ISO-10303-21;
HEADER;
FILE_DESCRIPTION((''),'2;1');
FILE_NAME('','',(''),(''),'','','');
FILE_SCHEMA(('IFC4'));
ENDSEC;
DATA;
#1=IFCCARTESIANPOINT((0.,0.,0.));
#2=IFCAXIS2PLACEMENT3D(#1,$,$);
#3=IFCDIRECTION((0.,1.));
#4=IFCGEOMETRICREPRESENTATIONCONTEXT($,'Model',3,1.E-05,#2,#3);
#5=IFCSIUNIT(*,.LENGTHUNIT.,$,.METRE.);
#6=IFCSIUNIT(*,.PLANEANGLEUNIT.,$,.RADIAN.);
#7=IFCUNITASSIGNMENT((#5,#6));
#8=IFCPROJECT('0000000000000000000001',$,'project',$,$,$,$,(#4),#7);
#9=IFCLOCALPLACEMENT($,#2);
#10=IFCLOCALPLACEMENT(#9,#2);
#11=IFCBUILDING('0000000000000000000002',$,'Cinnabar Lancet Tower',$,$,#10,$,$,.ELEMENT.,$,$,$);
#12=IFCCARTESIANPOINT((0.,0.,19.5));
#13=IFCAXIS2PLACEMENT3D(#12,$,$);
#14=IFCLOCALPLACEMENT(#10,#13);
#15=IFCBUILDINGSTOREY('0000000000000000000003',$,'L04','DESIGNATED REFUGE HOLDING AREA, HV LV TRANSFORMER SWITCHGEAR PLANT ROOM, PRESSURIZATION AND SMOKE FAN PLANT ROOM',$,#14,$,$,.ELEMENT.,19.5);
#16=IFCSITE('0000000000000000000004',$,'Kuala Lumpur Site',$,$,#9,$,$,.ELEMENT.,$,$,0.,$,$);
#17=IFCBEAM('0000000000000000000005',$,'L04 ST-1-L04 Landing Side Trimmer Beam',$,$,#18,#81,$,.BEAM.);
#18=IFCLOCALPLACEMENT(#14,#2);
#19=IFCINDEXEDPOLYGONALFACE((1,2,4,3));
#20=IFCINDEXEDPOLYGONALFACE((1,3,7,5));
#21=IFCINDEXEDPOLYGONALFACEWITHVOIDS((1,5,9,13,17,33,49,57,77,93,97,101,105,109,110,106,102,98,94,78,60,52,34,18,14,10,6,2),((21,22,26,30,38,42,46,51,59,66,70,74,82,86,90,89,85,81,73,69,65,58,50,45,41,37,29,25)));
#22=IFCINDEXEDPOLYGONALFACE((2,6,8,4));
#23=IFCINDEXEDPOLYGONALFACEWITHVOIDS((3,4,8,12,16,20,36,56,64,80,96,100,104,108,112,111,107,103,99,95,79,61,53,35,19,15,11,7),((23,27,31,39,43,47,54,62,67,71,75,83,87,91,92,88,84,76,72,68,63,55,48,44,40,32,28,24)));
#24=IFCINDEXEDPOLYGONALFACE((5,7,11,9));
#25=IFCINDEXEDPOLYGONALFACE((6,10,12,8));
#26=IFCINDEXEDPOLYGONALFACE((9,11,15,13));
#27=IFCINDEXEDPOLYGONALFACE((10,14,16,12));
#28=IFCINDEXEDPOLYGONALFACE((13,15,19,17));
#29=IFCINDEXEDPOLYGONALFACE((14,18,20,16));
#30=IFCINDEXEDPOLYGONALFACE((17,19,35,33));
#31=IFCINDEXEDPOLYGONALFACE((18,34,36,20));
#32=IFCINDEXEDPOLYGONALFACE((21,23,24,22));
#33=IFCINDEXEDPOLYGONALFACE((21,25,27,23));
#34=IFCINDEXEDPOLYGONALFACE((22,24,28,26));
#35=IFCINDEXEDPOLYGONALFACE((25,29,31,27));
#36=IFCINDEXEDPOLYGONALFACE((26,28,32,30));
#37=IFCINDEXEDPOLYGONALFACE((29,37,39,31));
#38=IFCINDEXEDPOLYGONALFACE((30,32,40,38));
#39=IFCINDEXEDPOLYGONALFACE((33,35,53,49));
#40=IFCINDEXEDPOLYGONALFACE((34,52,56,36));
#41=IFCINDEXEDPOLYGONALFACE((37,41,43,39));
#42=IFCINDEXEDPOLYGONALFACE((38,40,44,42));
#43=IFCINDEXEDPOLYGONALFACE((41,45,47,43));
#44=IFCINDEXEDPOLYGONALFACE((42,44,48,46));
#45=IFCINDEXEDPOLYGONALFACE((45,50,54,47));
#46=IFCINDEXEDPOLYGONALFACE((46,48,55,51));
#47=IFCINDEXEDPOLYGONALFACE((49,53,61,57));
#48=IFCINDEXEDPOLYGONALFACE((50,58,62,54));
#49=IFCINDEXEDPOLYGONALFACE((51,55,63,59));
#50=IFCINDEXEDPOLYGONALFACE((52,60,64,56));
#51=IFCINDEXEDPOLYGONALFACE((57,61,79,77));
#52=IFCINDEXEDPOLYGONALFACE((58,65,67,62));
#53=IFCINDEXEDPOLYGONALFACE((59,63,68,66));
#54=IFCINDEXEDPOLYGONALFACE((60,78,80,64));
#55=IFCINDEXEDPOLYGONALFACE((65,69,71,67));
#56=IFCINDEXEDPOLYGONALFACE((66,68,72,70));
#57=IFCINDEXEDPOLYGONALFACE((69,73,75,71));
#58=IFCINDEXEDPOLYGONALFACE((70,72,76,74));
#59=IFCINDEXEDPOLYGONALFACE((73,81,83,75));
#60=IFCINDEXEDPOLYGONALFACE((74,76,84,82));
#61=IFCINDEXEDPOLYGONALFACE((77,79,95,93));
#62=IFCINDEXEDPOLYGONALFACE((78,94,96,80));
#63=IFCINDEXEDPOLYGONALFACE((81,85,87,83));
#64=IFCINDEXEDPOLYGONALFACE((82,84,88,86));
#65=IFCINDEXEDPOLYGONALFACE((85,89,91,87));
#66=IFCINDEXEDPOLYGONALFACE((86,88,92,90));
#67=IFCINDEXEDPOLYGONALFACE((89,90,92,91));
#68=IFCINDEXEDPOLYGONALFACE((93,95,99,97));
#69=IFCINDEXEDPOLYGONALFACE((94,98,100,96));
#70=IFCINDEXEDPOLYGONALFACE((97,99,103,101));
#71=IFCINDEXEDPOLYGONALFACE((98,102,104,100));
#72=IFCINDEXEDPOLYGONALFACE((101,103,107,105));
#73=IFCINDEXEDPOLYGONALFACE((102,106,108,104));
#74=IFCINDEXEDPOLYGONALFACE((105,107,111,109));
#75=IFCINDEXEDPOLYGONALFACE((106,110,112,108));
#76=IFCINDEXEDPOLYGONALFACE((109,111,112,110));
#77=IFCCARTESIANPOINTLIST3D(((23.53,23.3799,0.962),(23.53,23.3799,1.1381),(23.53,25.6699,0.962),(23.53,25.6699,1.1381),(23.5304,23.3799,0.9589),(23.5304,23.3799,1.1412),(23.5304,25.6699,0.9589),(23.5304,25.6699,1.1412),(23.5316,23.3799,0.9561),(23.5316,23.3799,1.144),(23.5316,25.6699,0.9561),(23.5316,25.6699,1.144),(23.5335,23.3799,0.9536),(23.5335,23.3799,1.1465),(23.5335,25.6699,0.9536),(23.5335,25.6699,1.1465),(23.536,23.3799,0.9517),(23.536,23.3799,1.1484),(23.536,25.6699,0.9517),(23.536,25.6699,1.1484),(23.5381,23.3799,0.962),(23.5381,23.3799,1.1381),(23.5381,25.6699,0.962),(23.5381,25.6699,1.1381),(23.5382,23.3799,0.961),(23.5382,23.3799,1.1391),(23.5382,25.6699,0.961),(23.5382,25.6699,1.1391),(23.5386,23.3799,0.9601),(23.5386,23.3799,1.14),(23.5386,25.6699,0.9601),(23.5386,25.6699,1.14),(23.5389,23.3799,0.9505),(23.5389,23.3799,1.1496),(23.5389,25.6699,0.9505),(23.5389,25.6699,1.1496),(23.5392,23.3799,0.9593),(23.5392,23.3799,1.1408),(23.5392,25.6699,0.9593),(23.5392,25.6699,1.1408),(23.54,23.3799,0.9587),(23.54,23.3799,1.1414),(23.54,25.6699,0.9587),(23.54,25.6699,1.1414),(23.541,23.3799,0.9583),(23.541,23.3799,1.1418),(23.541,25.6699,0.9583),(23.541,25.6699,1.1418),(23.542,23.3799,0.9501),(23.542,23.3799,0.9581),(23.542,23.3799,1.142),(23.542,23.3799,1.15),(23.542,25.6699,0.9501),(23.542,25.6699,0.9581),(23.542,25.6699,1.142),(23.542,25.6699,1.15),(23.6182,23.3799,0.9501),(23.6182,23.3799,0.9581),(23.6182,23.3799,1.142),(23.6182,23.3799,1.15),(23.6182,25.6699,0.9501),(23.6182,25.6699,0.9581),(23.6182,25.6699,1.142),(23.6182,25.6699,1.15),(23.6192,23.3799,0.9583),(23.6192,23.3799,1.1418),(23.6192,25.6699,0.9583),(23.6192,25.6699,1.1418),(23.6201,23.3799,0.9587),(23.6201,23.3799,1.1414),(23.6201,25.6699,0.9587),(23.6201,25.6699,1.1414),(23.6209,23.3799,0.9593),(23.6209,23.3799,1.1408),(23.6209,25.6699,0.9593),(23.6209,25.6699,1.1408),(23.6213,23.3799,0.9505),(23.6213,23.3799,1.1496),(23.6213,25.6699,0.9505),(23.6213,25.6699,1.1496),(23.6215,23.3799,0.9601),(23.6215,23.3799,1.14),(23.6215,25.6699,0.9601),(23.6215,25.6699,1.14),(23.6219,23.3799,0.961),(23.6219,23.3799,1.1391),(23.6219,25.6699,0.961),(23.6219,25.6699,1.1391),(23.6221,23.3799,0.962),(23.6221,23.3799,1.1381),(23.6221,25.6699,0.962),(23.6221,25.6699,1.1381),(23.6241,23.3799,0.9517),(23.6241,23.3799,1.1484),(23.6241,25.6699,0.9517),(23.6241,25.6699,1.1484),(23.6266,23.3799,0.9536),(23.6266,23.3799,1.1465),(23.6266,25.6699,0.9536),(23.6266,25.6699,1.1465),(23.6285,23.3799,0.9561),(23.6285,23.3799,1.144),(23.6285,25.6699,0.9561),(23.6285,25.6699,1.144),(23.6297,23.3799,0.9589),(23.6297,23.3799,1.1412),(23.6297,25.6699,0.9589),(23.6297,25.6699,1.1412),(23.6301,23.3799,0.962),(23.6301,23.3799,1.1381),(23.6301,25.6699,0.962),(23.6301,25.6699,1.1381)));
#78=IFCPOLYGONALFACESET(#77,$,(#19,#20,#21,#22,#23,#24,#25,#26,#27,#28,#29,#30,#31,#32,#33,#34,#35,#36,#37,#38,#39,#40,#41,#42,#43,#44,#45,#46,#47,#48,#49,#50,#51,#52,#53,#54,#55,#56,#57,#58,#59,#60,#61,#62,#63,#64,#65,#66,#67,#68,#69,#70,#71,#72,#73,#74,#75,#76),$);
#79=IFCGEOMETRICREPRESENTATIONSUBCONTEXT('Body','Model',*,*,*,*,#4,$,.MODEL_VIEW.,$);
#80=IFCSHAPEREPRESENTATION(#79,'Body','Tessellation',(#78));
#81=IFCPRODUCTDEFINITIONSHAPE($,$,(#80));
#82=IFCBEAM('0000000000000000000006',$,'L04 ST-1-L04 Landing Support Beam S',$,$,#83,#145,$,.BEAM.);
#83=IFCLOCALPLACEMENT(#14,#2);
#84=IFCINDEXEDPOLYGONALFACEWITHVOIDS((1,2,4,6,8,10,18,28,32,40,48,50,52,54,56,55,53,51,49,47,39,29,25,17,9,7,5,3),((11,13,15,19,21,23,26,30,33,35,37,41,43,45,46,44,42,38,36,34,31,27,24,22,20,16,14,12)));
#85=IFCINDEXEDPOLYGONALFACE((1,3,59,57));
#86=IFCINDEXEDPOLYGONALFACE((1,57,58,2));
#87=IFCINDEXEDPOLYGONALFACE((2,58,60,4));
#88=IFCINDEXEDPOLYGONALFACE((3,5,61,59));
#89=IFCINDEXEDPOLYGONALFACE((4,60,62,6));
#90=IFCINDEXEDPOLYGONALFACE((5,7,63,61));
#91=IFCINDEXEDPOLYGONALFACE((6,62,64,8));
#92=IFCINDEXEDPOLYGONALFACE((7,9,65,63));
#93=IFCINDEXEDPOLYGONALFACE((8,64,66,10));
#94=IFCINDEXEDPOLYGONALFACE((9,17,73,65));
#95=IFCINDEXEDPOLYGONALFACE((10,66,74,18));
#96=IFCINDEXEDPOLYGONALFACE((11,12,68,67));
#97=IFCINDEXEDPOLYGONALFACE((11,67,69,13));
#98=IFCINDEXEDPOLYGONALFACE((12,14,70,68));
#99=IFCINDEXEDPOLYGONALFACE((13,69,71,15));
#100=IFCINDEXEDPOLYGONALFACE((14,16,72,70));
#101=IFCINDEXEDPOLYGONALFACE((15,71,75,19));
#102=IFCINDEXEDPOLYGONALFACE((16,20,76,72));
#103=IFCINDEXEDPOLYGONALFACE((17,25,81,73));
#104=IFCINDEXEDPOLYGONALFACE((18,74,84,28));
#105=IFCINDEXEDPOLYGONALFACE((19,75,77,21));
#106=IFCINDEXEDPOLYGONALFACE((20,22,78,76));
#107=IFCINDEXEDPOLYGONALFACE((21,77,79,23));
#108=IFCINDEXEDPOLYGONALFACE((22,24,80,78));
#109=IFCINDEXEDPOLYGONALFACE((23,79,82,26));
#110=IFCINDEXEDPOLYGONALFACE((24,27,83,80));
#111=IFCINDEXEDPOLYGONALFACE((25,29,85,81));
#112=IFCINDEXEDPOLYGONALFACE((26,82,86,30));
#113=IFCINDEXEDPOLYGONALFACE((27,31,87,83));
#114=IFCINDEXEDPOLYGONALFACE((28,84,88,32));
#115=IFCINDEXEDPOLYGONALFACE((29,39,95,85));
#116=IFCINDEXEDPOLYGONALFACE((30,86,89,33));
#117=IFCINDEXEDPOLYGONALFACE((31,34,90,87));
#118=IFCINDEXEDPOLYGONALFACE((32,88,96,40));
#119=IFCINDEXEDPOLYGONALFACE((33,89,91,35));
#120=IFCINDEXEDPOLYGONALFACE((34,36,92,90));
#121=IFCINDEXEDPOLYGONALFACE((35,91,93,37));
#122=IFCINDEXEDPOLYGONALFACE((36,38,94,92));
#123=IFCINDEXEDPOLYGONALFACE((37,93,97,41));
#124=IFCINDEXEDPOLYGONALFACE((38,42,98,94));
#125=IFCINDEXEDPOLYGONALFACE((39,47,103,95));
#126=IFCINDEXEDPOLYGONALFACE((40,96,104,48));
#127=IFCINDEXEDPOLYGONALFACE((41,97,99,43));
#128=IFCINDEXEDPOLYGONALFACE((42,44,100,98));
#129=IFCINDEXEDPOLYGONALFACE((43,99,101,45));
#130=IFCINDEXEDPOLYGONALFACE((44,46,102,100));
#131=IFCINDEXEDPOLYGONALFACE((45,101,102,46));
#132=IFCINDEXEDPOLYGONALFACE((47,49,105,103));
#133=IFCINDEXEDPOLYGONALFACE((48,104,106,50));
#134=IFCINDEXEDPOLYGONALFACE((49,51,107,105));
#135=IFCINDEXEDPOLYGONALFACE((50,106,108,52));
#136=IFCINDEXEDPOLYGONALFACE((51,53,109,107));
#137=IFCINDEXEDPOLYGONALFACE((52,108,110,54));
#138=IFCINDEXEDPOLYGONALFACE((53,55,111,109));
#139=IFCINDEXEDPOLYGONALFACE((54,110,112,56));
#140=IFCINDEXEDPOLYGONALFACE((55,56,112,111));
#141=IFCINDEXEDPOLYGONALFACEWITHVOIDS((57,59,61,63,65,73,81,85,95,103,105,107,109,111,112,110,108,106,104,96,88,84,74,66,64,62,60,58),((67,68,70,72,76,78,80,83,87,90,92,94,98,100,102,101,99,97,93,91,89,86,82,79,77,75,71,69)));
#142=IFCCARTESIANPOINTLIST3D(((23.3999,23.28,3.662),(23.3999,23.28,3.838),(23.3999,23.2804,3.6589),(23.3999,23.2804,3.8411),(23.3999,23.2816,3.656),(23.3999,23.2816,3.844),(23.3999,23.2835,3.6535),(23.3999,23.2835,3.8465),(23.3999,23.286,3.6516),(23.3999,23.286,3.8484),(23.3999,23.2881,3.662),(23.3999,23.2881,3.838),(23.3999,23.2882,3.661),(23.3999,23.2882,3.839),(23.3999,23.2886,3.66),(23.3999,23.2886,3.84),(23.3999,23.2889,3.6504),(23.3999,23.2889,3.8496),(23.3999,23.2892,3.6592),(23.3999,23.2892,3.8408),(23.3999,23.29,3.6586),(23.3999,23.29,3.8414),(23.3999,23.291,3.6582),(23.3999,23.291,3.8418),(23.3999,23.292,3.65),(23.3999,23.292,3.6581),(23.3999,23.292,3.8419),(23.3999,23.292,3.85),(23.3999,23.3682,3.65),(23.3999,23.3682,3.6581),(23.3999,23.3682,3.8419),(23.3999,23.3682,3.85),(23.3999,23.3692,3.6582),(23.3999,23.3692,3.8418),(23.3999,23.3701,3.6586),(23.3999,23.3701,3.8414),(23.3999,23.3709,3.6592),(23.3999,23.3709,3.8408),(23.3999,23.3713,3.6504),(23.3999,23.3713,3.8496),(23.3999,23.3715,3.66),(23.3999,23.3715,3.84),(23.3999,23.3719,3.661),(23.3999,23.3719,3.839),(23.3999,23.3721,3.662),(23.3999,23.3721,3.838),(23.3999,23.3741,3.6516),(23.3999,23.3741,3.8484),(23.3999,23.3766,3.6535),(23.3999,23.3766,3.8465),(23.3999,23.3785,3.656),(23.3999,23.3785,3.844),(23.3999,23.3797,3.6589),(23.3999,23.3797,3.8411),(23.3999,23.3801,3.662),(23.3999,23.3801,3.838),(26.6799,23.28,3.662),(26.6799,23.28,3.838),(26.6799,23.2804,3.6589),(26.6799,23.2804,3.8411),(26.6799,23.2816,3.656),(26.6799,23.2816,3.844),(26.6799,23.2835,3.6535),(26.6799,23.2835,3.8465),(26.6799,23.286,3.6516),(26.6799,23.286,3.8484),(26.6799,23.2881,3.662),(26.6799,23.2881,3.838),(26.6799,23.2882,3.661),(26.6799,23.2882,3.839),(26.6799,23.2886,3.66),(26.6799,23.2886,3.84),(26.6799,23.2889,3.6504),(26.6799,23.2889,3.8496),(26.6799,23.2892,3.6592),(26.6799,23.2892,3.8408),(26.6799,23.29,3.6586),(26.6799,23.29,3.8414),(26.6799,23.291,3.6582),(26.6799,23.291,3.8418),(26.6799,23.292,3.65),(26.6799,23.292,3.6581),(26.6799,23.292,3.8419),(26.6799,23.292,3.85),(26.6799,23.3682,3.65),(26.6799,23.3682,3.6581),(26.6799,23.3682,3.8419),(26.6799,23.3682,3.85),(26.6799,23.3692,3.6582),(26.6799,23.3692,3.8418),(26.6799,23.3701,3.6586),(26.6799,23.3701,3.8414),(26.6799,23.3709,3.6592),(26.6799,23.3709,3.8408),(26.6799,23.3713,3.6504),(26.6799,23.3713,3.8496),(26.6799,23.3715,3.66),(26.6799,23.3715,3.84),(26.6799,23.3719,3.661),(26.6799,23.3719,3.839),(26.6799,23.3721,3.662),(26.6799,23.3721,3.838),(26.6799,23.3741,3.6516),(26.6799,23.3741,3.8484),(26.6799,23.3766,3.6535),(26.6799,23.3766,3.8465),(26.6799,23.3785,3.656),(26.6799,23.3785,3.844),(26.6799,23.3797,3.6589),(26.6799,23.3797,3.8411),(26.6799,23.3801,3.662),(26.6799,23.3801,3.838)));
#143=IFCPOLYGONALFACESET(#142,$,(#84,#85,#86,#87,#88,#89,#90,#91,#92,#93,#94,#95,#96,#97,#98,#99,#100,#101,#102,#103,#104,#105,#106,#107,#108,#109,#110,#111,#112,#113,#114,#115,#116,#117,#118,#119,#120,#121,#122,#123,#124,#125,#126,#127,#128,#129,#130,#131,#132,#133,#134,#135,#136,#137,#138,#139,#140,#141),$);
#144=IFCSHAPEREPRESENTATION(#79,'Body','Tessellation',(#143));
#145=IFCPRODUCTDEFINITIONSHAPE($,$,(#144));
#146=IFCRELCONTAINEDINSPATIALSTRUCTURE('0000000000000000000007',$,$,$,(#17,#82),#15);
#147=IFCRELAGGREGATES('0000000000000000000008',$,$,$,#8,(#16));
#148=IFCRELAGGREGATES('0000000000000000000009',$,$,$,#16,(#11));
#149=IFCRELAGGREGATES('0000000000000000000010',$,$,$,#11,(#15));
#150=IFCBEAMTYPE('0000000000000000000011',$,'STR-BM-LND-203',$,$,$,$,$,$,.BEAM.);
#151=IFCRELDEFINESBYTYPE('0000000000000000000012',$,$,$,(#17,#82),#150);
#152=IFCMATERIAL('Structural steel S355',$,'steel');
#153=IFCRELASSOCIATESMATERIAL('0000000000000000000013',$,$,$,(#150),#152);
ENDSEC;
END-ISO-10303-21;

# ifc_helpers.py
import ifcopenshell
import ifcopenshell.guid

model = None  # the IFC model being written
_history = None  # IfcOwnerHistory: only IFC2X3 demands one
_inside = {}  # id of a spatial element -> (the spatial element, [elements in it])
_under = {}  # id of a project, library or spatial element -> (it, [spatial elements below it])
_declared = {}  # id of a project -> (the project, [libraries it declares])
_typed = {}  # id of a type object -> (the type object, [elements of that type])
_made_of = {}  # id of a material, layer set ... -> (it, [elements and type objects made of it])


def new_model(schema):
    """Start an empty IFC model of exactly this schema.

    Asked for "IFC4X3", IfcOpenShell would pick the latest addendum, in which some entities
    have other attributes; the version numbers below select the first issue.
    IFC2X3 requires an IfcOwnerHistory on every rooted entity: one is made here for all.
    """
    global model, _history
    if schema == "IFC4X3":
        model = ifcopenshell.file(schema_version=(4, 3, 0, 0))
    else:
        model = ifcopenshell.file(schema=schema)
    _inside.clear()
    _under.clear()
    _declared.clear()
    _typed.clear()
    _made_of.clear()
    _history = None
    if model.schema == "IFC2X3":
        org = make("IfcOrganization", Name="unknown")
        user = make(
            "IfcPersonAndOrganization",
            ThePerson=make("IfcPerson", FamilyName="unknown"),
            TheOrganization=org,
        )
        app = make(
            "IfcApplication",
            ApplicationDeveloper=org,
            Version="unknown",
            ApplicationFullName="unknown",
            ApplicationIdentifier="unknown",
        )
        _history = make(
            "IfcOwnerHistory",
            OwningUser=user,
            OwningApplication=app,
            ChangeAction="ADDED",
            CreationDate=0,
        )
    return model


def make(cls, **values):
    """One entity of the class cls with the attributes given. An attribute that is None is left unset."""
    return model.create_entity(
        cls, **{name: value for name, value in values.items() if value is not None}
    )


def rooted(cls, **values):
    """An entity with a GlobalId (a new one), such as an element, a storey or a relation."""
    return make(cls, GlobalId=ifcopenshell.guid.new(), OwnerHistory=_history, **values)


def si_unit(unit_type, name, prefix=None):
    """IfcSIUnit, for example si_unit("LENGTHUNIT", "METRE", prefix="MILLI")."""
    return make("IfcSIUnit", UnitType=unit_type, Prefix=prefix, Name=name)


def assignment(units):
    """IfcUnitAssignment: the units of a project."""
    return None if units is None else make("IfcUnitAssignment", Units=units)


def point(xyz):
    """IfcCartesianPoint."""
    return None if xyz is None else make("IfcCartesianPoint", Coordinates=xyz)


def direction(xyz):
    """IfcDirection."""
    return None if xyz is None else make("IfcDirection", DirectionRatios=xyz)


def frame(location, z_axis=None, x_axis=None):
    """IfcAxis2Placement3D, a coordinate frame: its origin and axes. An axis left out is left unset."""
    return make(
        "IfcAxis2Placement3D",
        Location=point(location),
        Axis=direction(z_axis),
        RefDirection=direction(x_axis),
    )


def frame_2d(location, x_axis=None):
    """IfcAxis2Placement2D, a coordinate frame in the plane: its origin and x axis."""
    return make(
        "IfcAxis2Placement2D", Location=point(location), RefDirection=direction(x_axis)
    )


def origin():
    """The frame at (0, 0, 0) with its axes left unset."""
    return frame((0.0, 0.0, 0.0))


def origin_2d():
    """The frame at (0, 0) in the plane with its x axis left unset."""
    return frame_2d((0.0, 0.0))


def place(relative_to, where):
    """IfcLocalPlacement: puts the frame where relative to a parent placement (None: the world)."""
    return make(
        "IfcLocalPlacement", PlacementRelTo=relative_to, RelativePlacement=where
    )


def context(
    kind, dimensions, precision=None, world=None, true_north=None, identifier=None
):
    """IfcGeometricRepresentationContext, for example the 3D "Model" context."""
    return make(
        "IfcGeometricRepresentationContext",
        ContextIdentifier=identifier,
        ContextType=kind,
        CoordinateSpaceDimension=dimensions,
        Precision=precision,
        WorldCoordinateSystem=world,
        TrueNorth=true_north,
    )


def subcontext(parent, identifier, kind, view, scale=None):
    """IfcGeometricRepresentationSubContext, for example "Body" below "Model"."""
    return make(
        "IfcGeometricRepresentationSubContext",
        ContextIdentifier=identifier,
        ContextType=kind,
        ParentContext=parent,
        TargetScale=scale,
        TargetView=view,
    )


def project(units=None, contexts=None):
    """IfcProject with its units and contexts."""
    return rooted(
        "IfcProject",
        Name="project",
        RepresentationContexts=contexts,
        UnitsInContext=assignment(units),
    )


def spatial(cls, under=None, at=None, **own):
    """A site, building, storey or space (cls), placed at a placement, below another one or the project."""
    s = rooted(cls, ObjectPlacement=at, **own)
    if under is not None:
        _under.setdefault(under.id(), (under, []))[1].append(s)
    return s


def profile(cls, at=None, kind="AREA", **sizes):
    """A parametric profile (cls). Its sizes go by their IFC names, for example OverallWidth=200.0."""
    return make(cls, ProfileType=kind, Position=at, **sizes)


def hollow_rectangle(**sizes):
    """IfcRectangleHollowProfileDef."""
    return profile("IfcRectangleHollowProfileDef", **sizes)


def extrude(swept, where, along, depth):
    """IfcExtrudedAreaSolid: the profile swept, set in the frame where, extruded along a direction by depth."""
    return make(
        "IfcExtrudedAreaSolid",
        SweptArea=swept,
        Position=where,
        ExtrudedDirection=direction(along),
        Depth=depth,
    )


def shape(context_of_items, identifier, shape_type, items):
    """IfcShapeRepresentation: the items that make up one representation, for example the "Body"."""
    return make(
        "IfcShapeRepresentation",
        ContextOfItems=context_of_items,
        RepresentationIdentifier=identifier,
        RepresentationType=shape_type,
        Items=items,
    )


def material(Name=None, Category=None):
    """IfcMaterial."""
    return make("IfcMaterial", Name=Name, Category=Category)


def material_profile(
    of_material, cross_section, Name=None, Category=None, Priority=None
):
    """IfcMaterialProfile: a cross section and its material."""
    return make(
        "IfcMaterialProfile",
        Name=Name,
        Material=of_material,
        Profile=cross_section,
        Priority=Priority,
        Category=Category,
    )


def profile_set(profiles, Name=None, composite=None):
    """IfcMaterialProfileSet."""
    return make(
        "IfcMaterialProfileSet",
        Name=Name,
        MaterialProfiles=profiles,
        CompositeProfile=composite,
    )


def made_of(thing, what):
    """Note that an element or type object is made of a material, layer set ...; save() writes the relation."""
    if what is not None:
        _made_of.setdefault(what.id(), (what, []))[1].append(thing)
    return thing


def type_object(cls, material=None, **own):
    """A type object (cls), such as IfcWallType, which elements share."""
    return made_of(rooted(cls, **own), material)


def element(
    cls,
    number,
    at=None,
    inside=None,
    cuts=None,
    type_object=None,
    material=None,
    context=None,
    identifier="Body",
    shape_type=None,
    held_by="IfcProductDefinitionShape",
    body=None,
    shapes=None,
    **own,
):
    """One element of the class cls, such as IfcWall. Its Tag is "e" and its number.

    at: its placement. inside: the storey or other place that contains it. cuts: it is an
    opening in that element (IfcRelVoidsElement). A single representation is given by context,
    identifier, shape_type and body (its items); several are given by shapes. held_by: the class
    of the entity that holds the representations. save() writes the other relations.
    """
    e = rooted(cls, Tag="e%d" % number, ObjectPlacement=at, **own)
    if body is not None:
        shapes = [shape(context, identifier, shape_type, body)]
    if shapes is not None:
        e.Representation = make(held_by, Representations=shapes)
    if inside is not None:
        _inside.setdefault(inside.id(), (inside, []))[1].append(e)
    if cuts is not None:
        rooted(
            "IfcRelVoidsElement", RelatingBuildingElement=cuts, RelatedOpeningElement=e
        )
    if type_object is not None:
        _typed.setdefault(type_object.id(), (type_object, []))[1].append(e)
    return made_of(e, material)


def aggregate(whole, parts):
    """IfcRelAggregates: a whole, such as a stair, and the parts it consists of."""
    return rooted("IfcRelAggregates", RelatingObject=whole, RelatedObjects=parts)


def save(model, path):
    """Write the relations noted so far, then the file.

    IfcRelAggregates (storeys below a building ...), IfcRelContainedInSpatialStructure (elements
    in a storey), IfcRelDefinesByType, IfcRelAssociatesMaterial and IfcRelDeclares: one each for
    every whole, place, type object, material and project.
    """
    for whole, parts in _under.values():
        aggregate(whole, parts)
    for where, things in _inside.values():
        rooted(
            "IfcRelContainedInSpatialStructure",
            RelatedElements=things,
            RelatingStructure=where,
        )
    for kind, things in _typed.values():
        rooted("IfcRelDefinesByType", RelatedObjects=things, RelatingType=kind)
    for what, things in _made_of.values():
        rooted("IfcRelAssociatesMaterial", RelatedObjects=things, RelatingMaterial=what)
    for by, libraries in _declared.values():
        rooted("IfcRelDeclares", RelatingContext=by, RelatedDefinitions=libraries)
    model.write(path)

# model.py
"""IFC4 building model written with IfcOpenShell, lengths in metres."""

from ifc_helpers import new_model, si_unit, direction, frame, origin, origin_2d, place, context, subcontext, project, spatial, hollow_rectangle, extrude, material, material_profile, profile_set, type_object, element, save


model = new_model("IFC4")

# Units and contexts
model_context = context("Model", 3, precision=1e-05, world=origin(), true_north=direction((0.0, 1.0)))
body_context = subcontext(model_context, "Body", "Model", "MODEL_VIEW")
ifc_project = project(units=[si_unit("LENGTHUNIT", "METRE"), si_unit("PLANEANGLEUNIT", "RADIAN")], contexts=[model_context])

# Site, building, storey
site_placement = place(None, origin())
site = spatial("IfcSite", under=ifc_project, at=site_placement, Name="Kuala Lumpur Site", CompositionType="ELEMENT", RefElevation=0.0)
building_placement = place(site_placement, origin())
building = spatial("IfcBuilding", under=site, at=building_placement, Name="Cinnabar Lancet Tower", CompositionType="ELEMENT")
storey_placement = place(building_placement, frame((0.0, 0.0, 19.5)))
storey = spatial("IfcBuildingStorey", under=building, at=storey_placement, Name="L04", Description="DESIGNATED REFUGE HOLDING AREA, HV LV TRANSFORMER SWITCHGEAR PLANT ROOM, PRESSURIZATION AND SMOKE FAN PLANT ROOM", CompositionType="ELEMENT", Elevation=19.5)

# Beams
ifc_material_1 = material(Name="Structural steel S355", Category="steel")
ifc_material_profile_1 = material_profile(ifc_material_1, hollow_rectangle(XDim=0.1001, YDim=0.2, WallThickness=0.0081, InnerFilletRadius=0.0039, OuterFilletRadius=0.012, at=origin_2d()), Name="RHS 200x100x8")
ifc_profile_set_1 = profile_set([ifc_material_profile_1], Name="Structural steel S355")
beam_type_1 = type_object("IfcBeamType", Name="STR-BM-LND-203", PredefinedType="BEAM", material=ifc_profile_set_1)
beam_1_placement = place(storey_placement, frame((23.5801, 23.3799, 1.05), z_axis=(0.0, 1.0, 0.0), x_axis=(-1.0, 0.0, 0.0)))
element("IfcBeam", 1, at=beam_1_placement, inside=storey, type_object=beam_type_1, Name="L04 ST-1-L04 Landing Side Trimmer Beam", PredefinedType="BEAM", context=body_context, shape_type="SweptSolid", body=[
    extrude(hollow_rectangle(XDim=0.1001, YDim=0.2, WallThickness=0.0081, InnerFilletRadius=0.0039, OuterFilletRadius=0.012, at=origin_2d()), origin(), (0.0, 0.0, 1.0), 2.29),
])
for number, where, z_axis, x_axis, name in (
    (2, (23.3999, 23.3301, 3.75), (1.0, 0.0, 0.0), (0.0, 1.0, 0.0), "L04 ST-1-L04 Landing Support Beam S"),
):
    element("IfcBeam", number, at=place(storey_placement, frame(where, z_axis=z_axis, x_axis=x_axis)), inside=storey, type_object=beam_type_1, Name=name, PredefinedType="BEAM", context=body_context, shape_type="SweptSolid", body=[
        extrude(hollow_rectangle(XDim=0.1001, YDim=0.2, WallThickness=0.0081, InnerFilletRadius=0.0039, OuterFilletRadius=0.012, at=origin_2d()), origin(), (0.0, 0.0, 1.0), 3.28),
    ])

save(model, "model.ifc")
